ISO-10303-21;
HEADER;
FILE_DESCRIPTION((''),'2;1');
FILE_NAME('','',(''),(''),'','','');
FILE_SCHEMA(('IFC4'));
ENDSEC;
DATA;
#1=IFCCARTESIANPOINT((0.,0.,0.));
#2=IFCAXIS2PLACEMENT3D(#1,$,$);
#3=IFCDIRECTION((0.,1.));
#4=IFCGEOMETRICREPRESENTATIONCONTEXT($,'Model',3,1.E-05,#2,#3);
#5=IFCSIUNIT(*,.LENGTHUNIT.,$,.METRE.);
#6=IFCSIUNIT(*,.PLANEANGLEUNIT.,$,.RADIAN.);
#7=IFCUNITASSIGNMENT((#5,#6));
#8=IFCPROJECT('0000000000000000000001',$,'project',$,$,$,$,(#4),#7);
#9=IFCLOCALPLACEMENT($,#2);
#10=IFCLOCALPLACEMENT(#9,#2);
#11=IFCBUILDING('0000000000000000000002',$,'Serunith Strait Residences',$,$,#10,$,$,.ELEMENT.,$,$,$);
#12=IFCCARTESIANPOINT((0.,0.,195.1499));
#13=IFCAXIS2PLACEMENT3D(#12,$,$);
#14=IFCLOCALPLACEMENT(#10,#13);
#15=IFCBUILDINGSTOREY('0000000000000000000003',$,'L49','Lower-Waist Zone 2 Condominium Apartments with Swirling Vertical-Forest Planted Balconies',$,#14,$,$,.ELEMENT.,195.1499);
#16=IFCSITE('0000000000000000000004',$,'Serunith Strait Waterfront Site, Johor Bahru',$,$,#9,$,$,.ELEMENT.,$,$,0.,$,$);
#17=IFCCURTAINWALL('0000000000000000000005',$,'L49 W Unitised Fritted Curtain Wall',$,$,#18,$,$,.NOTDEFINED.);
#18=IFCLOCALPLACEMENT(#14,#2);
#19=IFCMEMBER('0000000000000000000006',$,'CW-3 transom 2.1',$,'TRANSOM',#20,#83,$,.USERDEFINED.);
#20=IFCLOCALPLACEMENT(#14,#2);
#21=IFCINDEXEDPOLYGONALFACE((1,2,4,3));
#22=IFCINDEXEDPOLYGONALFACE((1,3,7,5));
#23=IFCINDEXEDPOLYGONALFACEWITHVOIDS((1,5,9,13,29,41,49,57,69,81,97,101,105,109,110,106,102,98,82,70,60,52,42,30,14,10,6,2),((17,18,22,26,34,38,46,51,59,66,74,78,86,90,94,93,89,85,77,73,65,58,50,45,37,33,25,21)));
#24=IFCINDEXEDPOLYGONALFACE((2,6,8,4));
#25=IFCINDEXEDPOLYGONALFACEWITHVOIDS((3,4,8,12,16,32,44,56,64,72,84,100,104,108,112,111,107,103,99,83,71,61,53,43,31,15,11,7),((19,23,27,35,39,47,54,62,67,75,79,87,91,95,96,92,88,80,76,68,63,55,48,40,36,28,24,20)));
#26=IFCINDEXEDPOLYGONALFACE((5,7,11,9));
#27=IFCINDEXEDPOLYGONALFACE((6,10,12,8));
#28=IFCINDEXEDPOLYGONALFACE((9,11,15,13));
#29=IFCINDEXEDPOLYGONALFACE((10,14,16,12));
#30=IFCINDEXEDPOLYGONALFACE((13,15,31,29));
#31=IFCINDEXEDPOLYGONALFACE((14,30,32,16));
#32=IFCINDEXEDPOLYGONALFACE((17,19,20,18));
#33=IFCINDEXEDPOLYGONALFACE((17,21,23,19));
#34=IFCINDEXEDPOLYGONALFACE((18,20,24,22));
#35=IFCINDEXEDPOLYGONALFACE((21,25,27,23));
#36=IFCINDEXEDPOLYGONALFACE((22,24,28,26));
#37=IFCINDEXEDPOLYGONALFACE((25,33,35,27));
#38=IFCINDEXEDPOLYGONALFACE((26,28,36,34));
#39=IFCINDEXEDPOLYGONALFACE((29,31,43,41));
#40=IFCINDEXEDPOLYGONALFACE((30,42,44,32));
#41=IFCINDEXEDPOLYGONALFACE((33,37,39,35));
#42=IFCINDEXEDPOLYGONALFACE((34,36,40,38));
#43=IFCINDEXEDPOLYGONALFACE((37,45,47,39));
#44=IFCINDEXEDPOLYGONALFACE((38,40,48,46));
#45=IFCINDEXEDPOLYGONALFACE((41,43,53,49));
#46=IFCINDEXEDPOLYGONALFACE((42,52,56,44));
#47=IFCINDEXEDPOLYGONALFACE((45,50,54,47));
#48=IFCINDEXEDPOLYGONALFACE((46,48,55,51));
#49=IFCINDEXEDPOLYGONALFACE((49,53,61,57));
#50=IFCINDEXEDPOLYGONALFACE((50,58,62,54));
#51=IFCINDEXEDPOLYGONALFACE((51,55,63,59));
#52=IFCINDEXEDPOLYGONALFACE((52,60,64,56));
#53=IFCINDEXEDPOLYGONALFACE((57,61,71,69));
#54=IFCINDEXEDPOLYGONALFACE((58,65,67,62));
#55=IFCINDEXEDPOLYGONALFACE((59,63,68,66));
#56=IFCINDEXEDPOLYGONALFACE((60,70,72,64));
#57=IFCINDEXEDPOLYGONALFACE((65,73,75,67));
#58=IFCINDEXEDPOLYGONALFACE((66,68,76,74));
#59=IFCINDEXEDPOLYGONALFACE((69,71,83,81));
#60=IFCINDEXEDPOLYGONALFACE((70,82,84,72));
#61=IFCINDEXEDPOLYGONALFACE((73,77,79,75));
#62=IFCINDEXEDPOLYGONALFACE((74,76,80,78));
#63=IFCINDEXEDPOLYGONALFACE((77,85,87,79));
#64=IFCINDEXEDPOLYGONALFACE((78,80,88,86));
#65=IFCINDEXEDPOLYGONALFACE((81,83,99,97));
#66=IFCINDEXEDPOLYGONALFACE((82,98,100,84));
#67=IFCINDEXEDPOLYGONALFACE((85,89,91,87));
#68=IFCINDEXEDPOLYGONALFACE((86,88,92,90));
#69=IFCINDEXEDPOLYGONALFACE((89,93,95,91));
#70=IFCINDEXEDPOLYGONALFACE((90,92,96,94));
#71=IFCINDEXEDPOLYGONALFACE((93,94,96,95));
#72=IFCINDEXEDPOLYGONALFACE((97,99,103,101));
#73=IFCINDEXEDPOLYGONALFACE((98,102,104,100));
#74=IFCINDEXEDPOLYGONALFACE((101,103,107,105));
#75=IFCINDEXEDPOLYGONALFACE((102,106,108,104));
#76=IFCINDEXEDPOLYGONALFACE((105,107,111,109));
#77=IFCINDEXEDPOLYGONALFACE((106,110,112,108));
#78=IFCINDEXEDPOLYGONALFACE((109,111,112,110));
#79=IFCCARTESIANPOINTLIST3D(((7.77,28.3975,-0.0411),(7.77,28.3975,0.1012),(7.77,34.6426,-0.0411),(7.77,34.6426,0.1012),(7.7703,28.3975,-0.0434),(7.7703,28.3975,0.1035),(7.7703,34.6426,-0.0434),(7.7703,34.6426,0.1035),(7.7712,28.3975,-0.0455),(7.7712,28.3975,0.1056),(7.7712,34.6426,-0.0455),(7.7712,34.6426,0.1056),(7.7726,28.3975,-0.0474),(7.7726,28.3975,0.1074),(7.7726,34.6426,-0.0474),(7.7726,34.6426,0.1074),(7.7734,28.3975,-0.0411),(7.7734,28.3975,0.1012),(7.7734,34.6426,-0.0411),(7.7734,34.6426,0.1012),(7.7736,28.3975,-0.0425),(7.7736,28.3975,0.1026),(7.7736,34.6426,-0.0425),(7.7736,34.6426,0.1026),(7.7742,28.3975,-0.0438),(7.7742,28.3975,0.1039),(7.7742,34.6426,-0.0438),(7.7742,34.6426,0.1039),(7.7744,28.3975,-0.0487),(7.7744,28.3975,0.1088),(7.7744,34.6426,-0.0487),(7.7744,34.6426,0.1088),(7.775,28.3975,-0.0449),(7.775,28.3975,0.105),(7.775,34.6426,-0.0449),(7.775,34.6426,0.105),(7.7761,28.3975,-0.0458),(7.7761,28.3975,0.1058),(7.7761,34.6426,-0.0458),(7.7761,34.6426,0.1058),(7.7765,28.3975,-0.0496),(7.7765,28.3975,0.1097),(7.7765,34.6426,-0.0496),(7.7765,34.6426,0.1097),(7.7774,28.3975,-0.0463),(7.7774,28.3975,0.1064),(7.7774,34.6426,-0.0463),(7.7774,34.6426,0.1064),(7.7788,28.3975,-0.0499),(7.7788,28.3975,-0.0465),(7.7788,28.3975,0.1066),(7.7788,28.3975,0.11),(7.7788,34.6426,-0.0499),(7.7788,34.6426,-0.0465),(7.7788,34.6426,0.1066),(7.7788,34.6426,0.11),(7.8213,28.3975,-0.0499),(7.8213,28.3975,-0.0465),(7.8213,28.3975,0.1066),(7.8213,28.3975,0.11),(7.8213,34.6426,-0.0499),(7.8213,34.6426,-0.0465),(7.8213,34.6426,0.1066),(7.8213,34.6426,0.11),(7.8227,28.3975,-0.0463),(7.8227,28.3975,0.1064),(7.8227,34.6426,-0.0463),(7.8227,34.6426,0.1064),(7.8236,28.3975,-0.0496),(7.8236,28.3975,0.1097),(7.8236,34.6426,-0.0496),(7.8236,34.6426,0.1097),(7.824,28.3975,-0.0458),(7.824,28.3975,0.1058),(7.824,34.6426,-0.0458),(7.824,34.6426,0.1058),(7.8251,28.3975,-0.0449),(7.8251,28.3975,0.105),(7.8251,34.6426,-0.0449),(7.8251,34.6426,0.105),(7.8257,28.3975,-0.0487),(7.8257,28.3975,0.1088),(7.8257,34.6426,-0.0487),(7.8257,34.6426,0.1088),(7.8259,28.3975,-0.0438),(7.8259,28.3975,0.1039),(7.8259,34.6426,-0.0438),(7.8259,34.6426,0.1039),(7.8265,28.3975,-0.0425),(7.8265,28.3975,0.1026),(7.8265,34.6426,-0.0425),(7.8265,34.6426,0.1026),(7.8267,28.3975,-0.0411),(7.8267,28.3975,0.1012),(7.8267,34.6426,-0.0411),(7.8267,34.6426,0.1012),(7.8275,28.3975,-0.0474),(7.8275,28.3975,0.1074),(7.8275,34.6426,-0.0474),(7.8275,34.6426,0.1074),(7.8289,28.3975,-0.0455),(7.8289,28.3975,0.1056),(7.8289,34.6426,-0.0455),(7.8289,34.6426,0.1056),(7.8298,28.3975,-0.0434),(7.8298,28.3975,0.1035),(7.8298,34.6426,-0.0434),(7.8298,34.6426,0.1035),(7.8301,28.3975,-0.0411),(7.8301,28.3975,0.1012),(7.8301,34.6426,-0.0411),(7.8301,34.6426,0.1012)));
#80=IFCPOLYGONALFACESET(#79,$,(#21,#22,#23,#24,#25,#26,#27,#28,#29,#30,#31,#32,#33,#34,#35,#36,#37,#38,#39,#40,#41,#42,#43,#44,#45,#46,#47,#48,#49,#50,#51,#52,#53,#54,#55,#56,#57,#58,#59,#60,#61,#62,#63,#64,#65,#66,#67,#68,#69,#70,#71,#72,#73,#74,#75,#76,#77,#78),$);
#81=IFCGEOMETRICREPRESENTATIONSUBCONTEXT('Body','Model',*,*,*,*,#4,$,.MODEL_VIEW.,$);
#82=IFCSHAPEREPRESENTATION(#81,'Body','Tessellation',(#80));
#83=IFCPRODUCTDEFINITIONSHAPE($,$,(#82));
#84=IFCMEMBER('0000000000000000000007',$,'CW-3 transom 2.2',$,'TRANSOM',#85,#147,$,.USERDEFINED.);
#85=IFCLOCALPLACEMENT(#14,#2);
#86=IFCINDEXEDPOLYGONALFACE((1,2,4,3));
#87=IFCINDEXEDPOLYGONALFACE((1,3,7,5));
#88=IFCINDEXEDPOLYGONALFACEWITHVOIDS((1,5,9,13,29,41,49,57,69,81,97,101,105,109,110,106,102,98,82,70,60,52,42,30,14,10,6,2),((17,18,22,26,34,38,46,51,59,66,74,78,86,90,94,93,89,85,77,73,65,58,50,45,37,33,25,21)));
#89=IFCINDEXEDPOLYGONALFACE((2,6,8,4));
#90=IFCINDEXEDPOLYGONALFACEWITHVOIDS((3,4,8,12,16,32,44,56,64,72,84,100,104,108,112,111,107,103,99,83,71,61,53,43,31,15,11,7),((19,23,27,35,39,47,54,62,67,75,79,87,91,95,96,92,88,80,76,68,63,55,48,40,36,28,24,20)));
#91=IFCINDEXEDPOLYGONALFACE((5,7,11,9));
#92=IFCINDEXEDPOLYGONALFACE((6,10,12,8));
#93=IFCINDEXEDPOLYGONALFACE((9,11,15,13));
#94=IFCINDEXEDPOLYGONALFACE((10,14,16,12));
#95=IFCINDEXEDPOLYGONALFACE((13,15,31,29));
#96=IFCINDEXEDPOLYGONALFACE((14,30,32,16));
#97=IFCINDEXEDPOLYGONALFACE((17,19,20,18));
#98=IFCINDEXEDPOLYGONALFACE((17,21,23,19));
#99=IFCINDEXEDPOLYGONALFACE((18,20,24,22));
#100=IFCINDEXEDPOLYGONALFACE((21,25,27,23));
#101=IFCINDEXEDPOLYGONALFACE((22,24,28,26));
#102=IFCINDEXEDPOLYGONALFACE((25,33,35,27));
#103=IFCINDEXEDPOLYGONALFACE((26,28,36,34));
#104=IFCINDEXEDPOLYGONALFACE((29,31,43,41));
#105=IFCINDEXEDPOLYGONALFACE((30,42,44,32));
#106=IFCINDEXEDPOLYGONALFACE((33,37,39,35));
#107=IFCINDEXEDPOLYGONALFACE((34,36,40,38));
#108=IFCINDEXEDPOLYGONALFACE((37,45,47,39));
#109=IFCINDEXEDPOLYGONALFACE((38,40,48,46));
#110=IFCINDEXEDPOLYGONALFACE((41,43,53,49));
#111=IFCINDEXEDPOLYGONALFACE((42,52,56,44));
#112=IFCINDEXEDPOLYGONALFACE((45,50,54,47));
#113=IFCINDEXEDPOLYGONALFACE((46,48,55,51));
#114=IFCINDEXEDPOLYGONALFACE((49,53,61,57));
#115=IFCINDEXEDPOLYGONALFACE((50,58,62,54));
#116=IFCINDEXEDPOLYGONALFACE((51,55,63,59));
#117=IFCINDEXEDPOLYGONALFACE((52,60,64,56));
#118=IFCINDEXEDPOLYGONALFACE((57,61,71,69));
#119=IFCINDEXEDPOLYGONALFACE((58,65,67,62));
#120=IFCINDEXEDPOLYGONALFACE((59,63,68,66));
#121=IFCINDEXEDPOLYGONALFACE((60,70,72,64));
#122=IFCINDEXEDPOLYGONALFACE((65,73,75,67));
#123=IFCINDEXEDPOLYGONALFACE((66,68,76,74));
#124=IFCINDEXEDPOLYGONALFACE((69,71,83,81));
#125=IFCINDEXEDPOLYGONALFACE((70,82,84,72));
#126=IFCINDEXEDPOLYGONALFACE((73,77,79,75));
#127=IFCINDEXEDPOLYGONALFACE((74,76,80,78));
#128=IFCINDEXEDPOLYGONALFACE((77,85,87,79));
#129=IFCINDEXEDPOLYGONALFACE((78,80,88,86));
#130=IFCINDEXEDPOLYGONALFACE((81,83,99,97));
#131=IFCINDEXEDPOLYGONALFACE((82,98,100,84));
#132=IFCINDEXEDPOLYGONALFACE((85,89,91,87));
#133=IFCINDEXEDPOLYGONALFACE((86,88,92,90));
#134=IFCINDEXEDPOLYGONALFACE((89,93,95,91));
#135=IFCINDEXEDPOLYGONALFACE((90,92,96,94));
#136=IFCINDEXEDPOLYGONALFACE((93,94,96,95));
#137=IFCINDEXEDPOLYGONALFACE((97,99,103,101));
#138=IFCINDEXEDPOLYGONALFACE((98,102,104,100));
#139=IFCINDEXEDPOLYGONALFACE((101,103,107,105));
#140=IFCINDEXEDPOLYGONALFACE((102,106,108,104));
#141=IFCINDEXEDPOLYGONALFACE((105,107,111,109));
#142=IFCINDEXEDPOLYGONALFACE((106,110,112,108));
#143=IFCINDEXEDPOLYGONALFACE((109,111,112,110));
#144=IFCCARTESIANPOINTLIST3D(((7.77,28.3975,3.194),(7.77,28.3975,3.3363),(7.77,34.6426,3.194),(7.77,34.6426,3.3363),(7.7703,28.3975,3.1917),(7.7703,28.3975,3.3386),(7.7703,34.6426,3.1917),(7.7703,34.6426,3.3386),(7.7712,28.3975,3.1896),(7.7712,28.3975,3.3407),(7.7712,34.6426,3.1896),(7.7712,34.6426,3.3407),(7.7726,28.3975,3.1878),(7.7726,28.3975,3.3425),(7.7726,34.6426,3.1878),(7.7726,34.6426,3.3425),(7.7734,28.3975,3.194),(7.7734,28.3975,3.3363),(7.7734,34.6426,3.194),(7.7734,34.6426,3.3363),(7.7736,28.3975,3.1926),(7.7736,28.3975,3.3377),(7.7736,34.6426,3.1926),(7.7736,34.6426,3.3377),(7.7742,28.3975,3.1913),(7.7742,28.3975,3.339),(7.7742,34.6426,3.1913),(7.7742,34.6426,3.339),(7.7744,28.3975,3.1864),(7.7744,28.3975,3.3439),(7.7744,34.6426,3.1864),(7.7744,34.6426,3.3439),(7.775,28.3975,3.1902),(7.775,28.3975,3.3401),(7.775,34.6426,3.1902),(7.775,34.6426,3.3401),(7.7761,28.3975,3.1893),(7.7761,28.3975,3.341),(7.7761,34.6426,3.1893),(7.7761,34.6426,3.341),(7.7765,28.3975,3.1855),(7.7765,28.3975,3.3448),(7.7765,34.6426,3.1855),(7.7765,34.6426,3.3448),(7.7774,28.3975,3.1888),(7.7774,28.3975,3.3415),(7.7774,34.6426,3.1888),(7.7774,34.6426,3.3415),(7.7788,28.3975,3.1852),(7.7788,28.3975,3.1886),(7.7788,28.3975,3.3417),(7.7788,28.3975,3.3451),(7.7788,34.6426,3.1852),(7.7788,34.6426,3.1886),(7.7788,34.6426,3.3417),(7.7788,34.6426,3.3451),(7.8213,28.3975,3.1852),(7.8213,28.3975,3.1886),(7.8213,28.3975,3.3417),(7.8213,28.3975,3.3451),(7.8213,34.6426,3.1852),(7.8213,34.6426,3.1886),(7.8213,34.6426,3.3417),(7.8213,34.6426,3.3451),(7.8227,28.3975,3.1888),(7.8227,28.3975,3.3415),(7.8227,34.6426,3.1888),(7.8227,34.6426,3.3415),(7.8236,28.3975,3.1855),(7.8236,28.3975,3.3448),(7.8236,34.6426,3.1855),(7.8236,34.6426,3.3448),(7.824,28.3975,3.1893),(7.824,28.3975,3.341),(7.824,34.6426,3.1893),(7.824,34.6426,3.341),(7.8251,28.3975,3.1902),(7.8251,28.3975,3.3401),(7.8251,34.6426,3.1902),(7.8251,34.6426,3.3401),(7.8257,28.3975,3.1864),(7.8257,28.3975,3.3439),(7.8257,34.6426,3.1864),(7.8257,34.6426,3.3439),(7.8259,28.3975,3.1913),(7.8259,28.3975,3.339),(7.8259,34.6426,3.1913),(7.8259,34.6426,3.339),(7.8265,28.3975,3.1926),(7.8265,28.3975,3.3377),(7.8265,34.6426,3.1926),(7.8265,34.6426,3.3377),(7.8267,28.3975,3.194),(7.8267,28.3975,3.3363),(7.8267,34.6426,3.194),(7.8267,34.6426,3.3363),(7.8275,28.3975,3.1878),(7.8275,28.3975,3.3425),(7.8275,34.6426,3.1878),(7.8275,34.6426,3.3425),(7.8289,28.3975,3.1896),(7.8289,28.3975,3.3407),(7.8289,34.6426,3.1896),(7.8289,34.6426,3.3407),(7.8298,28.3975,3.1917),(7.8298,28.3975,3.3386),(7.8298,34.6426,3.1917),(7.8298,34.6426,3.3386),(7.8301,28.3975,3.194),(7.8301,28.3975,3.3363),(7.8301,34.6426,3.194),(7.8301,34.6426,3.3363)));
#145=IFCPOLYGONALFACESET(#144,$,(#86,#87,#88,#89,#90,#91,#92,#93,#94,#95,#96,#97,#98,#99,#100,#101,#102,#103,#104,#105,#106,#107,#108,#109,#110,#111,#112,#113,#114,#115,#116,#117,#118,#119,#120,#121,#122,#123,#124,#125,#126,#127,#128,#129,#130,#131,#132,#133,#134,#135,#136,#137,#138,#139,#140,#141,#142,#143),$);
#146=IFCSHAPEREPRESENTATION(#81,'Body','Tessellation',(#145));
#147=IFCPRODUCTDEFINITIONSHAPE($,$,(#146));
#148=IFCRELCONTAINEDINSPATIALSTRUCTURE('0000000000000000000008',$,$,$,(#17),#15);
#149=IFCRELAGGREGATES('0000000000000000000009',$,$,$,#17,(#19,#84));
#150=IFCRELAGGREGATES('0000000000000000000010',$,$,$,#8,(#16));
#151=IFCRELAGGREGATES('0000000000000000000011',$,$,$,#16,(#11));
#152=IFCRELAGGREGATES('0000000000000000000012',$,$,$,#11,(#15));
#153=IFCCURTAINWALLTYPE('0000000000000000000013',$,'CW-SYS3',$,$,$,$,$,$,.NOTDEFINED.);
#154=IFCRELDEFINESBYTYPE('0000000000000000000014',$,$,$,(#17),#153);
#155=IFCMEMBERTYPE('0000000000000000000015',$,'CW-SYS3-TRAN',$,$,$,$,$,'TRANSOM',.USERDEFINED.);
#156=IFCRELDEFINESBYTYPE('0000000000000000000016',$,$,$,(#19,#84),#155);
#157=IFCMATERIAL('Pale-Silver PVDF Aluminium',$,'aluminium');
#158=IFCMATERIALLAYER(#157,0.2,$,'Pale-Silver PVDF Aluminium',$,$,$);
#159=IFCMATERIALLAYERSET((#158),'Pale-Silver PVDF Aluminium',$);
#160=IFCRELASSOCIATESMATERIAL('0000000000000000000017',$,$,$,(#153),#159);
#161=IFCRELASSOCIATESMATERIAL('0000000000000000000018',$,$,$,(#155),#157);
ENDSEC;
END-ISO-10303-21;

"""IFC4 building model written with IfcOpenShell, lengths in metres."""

from ifc_helpers import new_model, si_unit, direction, frame, origin, origin_2d, place, context, subcontext, project, spatial, hollow_rectangle, extrude, source, transform, mapped, material, layer, layer_set, material_profile, profile_set, type_object, element, aggregate, save


model = new_model("IFC4")

# Units and contexts
model_context = context("Model", 3, precision=1e-05, world=origin(), true_north=direction((0.0, 1.0)))
body_context = subcontext(model_context, "Body", "Model", "MODEL_VIEW")
ifc_project = project(units=[si_unit("LENGTHUNIT", "METRE"), si_unit("PLANEANGLEUNIT", "RADIAN")], contexts=[model_context])

# Site, building, storey
site_placement = place(None, origin())
site = spatial("IfcSite", under=ifc_project, at=site_placement, Name="Serunith Strait Waterfront Site, Johor Bahru", CompositionType="ELEMENT", RefElevation=0.0)
building_placement = place(site_placement, origin())
building = spatial("IfcBuilding", under=site, at=building_placement, Name="Serunith Strait Residences", CompositionType="ELEMENT")
storey_placement = place(building_placement, frame((0.0, 0.0, 195.1499)))
storey = spatial("IfcBuildingStorey", under=building, at=storey_placement, Name="L49", Description="Lower-Waist Zone 2 Condominium Apartments with Swirling Vertical-Forest Planted Balconies", CompositionType="ELEMENT", Elevation=195.1499)

# Curtain wall, members
ifc_material_1 = material(Name="Pale-Silver PVDF Aluminium", Category="aluminium")
ifc_layer_1 = layer(ifc_material_1, 0.2, Name="Pale-Silver PVDF Aluminium")
ifc_layer_set_1 = layer_set([ifc_layer_1], Name="Pale-Silver PVDF Aluminium")
curtain_wall_type = type_object("IfcCurtainWallType", Name="CW-SYS3", PredefinedType="NOTDEFINED", material=ifc_layer_set_1)
curtain_wall_placement = place(storey_placement, origin())
curtain_wall = element("IfcCurtainWall", 1, at=curtain_wall_placement, inside=storey, type_object=curtain_wall_type, Name="L49 W Unitised Fritted Curtain Wall", PredefinedType="NOTDEFINED")
ifc_material_profile_1 = material_profile(ifc_material_1, hollow_rectangle(XDim=0.0601, YDim=0.1599, WallThickness=0.0034, InnerFilletRadius=0.0054, OuterFilletRadius=0.0088, at=origin_2d()), Name="ALU 160x60x3.5")
ifc_profile_set_1 = profile_set([ifc_material_profile_1], Name="Pale-Silver PVDF Aluminium")
member_type_1 = type_object("IfcMemberType", Name="CW-SYS3-TRAN", ElementType="TRANSOM", PredefinedType="USERDEFINED", material=ifc_profile_set_1)
shared_shape_1 = source(origin(), body_context, "Body", "SweptSolid", [
    extrude(hollow_rectangle(XDim=0.0601, YDim=0.1599, WallThickness=0.0034, InnerFilletRadius=0.0054, OuterFilletRadius=0.0088, at=origin_2d()), origin(), (0.0, 0.0, 1.0), 6.2451),
])
member_1_placement = place(storey_placement, frame((7.8, 34.6426, 0.03), z_axis=(0.0, -1.0, 0.0), x_axis=(1.0, 0.0, 0.0)))
member_1 = element("IfcMember", 2, at=member_1_placement, type_object=member_type_1, Name="CW-3 transom 2.1", ObjectType="TRANSOM", PredefinedType="USERDEFINED", context=body_context, shape_type="MappedRepresentation", body=[
    mapped(shared_shape_1, transform((0.0, 0.0, 0.0), scale=1.0)),
])
member_2_placement = place(storey_placement, frame((7.8, 34.6426, 3.2651), z_axis=(0.0, -1.0, 0.0), x_axis=(1.0, 0.0, 0.0)))
member_2 = element("IfcMember", 3, at=member_2_placement, type_object=member_type_1, Name="CW-3 transom 2.2", ObjectType="TRANSOM", PredefinedType="USERDEFINED", context=body_context, shape_type="MappedRepresentation", body=[
    mapped(shared_shape_1, transform((0.0, 0.0, 0.0), scale=1.0)),
])
aggregate(curtain_wall, [member_1, member_2])

save(model, "model.ifc")
